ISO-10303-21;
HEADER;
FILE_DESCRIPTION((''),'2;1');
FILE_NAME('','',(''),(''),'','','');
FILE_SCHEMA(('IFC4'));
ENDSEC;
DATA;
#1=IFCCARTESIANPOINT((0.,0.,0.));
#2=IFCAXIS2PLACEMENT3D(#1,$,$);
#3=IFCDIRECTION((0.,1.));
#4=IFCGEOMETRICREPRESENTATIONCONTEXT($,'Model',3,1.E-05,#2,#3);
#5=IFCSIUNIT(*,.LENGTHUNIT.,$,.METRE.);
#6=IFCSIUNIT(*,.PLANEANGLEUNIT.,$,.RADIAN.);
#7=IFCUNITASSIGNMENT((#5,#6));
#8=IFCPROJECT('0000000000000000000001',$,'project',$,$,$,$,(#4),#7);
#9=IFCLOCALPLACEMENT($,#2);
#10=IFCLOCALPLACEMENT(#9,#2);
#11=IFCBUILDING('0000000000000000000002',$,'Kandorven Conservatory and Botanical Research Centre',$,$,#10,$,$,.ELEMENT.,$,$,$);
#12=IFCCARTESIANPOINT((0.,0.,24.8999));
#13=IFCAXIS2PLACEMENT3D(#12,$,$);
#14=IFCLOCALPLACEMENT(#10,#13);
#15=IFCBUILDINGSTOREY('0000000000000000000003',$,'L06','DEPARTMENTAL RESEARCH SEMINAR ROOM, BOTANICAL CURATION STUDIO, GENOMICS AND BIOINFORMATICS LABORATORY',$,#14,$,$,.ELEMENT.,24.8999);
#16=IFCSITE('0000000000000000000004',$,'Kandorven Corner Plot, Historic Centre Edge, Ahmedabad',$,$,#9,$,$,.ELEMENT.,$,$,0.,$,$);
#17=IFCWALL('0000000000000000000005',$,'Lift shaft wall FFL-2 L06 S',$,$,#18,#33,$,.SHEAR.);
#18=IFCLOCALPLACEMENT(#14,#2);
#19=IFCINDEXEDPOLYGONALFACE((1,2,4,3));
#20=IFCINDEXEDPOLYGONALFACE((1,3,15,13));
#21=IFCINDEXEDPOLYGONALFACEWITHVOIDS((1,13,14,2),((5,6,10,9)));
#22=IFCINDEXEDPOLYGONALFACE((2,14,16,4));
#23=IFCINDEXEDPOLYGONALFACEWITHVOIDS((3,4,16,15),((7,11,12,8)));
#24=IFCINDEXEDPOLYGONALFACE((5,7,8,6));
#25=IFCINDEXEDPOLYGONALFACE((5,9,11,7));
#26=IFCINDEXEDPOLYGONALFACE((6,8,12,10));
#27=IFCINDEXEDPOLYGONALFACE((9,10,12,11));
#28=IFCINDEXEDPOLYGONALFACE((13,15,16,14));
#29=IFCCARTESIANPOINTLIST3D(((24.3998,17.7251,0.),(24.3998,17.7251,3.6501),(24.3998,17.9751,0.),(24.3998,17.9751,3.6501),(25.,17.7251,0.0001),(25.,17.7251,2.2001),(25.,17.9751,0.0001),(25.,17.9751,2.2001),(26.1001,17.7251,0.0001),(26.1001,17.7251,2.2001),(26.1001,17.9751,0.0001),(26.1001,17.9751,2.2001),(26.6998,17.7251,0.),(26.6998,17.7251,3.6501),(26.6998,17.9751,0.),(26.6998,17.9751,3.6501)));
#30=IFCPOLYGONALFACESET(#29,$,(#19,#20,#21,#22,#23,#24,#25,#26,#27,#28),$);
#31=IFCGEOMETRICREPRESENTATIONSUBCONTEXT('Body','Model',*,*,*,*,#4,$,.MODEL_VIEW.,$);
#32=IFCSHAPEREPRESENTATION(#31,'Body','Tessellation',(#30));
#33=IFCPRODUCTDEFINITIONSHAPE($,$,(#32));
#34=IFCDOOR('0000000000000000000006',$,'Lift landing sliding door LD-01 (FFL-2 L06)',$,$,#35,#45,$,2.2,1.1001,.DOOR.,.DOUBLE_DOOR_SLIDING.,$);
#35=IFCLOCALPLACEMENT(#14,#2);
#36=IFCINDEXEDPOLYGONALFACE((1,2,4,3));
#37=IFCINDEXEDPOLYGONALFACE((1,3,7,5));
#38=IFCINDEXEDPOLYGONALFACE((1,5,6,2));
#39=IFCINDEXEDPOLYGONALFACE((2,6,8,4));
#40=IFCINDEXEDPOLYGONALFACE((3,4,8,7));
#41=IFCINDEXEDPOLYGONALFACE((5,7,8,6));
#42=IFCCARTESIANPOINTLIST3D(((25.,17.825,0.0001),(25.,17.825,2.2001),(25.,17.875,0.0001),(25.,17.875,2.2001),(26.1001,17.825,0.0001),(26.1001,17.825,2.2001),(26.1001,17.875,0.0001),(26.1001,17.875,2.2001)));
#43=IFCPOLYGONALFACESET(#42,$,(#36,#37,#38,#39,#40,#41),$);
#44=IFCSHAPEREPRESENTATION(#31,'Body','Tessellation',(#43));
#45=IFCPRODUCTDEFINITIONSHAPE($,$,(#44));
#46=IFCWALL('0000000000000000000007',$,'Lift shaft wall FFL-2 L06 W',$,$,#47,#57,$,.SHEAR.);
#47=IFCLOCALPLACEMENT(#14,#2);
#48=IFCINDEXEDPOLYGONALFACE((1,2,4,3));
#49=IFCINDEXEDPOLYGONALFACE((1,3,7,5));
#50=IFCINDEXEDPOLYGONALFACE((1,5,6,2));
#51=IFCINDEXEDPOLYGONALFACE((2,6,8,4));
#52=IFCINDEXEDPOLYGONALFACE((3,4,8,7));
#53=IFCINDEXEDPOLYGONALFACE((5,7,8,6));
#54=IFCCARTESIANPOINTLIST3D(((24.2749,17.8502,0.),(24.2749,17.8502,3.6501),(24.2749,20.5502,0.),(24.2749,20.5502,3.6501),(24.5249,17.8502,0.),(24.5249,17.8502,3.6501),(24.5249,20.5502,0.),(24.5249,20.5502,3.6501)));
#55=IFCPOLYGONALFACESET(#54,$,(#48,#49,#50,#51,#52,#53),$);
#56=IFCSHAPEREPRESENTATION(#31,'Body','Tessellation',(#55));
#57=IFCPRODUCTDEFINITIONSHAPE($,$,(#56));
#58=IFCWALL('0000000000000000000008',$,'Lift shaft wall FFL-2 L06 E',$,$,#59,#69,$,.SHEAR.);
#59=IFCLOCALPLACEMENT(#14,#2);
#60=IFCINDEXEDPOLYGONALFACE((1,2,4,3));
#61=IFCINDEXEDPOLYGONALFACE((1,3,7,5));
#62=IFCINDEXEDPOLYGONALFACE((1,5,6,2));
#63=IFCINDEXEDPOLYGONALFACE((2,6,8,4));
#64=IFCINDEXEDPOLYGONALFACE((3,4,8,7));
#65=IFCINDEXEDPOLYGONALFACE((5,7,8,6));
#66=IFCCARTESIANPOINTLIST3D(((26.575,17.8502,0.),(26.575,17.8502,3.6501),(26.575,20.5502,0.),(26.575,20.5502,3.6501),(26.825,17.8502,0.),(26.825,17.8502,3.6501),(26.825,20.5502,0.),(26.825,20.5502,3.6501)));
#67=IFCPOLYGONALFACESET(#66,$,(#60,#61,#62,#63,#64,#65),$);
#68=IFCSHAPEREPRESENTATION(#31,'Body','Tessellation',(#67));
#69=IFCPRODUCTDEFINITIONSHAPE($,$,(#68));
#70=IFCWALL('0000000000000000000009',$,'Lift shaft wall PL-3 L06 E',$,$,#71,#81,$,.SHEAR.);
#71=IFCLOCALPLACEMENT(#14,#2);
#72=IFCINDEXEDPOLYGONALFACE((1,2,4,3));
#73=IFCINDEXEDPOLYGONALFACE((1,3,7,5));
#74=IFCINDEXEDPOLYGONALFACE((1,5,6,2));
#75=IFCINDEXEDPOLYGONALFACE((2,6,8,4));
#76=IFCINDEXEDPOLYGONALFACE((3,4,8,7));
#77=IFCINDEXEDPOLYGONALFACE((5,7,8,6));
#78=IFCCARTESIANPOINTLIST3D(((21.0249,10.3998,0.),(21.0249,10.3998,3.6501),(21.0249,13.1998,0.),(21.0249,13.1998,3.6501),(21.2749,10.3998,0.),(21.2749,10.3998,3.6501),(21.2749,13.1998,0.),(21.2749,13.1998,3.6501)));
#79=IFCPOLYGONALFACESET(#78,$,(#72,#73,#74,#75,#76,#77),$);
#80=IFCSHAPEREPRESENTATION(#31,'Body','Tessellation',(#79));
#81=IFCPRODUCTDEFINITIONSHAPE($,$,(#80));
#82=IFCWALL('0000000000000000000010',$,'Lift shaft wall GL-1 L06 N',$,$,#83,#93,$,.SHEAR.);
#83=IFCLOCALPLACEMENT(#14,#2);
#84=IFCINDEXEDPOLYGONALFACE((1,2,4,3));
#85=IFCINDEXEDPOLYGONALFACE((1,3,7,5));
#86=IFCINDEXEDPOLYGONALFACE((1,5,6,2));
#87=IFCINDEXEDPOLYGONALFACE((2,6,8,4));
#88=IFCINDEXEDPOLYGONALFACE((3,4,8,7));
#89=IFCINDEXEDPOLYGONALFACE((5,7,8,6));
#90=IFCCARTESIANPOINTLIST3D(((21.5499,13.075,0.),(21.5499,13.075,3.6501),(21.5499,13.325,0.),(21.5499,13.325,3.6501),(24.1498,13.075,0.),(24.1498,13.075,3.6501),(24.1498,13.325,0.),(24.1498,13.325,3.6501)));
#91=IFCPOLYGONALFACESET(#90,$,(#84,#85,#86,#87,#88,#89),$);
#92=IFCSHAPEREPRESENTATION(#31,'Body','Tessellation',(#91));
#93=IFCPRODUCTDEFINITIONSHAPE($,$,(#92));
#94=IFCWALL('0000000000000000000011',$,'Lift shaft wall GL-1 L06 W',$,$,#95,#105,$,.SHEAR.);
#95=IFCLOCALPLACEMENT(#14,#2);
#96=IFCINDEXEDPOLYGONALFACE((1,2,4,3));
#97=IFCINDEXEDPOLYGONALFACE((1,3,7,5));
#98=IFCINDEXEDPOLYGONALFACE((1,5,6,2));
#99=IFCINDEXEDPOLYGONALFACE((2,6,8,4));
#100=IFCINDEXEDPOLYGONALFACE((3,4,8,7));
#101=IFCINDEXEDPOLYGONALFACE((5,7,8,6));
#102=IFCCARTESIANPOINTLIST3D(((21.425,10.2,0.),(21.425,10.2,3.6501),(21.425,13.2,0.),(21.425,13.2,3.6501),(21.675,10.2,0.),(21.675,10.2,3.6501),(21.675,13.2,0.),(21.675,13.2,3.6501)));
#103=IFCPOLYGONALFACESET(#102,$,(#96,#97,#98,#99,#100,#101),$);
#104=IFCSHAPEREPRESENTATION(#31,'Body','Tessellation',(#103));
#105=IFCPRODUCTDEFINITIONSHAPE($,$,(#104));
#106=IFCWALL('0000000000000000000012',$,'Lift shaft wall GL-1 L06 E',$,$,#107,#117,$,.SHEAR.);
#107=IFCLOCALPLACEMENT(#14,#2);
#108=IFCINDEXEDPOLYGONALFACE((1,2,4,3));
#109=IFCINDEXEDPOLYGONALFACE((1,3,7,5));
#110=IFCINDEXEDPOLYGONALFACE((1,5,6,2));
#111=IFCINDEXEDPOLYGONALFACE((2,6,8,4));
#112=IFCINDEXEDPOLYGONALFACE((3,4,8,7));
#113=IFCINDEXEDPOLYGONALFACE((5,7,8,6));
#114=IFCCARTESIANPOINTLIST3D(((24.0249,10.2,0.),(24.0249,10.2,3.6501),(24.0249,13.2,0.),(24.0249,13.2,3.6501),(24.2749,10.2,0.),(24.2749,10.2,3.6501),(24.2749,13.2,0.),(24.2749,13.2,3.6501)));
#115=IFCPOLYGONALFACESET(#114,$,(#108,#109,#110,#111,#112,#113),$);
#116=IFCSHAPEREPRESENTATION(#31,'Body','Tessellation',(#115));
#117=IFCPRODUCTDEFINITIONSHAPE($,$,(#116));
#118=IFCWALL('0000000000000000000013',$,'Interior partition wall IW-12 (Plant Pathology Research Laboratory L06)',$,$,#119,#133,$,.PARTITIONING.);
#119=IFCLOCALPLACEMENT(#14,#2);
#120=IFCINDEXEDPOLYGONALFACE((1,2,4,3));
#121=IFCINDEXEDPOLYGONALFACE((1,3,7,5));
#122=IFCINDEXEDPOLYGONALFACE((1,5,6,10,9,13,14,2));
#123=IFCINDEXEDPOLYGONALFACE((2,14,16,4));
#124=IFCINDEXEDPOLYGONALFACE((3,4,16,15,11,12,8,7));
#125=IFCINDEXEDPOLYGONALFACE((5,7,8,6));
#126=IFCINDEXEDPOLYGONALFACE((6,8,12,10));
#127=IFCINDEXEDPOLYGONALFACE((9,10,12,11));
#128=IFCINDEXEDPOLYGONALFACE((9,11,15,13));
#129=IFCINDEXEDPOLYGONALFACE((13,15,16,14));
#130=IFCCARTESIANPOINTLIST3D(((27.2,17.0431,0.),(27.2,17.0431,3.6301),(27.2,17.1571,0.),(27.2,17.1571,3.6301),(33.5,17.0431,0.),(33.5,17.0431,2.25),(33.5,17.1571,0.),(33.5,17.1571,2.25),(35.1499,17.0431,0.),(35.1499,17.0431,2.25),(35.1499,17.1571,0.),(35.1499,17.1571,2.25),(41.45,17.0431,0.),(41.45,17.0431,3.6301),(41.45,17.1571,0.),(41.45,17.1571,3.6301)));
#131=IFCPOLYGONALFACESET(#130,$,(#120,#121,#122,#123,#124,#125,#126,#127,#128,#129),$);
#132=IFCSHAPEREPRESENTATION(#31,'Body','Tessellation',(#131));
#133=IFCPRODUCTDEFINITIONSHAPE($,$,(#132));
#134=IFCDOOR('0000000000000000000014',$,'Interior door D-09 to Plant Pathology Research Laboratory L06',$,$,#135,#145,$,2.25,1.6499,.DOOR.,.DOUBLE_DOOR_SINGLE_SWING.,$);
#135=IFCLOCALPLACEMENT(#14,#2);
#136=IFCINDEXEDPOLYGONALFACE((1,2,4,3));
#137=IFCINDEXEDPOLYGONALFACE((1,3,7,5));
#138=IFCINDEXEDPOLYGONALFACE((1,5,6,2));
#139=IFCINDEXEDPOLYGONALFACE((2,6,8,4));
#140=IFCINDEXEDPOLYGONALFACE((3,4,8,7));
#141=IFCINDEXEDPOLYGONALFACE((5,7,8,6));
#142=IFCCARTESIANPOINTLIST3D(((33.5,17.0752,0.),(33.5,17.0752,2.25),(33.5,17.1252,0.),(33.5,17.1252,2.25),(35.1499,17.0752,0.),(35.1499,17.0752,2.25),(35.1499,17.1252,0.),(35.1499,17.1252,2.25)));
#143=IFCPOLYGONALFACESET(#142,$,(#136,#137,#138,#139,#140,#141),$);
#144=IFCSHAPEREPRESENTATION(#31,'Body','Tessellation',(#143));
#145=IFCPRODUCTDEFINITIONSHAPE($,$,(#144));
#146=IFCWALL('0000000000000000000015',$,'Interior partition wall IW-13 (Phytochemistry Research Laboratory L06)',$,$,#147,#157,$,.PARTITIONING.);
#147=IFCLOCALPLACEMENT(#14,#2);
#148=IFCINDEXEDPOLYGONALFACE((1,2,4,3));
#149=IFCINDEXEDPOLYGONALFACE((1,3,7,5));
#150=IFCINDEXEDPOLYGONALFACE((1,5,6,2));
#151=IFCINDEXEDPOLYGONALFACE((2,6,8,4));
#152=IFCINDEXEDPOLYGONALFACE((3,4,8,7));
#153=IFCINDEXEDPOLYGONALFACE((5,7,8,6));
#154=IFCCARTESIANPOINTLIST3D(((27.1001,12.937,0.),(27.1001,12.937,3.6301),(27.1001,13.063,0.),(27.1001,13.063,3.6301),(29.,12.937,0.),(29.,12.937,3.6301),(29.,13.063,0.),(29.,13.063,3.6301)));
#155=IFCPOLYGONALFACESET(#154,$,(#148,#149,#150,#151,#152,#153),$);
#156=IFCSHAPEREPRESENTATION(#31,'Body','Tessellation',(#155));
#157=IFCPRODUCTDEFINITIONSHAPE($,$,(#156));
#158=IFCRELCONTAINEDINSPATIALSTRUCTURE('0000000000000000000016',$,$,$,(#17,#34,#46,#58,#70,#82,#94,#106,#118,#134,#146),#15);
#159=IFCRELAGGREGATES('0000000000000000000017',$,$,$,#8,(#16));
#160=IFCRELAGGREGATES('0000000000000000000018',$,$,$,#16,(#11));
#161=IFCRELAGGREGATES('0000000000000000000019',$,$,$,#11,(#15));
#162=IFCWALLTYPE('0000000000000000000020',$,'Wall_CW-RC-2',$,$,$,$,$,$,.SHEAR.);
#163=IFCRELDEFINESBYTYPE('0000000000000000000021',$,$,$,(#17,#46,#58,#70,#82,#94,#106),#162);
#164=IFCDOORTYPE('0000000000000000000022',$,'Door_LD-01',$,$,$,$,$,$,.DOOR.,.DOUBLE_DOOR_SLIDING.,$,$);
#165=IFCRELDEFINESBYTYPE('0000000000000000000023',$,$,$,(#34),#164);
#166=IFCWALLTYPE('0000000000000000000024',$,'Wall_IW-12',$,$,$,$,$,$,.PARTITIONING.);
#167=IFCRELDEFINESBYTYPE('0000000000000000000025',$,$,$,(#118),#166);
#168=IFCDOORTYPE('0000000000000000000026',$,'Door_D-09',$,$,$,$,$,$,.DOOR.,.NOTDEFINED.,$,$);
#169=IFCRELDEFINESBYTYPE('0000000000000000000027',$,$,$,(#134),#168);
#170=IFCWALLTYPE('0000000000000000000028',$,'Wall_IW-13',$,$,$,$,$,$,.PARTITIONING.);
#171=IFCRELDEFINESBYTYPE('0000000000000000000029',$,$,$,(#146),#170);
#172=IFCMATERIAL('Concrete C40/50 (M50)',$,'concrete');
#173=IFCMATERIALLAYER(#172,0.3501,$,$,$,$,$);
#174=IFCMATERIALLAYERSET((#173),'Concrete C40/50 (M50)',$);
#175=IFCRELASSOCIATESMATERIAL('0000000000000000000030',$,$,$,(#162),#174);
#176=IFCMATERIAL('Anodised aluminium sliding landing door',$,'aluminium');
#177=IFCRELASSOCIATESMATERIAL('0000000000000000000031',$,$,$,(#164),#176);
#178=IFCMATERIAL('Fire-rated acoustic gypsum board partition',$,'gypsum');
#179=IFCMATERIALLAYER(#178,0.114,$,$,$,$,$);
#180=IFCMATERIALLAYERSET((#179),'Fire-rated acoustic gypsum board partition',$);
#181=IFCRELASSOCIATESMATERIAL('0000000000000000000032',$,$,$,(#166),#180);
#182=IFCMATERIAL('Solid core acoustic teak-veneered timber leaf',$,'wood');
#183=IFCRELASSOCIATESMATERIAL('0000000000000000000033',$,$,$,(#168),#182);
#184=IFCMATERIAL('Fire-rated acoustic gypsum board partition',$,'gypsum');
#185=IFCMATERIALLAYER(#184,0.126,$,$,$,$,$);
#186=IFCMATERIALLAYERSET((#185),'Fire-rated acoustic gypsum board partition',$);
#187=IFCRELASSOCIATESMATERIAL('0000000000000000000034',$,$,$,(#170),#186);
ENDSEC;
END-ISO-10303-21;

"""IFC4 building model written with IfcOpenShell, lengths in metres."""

from ifc_helpers import new_model, si_unit, direction, frame, frame_2d, origin, place, context, subcontext, project, spatial, rectangle, extrude, material, layer, layer_set, type_object, element, fill, save


model = new_model("IFC4")

# Units and contexts
model_context = context("Model", 3, precision=1e-05, world=origin(), true_north=direction((0.0, 1.0)))
body_context = subcontext(model_context, "Body", "Model", "MODEL_VIEW")
ifc_project = project(units=[si_unit("LENGTHUNIT", "METRE"), si_unit("PLANEANGLEUNIT", "RADIAN")], contexts=[model_context])

# Site, building, storey
site_placement = place(None, origin())
site = spatial("IfcSite", under=ifc_project, at=site_placement, Name="Kandorven Corner Plot, Historic Centre Edge, Ahmedabad", CompositionType="ELEMENT", RefElevation=0.0)
building_placement = place(site_placement, origin())
building = spatial("IfcBuilding", under=site, at=building_placement, Name="Kandorven Conservatory and Botanical Research Centre", CompositionType="ELEMENT")
storey_placement = place(building_placement, frame((0.0, 0.0, 24.8999)))
storey = spatial("IfcBuildingStorey", under=building, at=storey_placement, Name="L06", Description="DEPARTMENTAL RESEARCH SEMINAR ROOM, BOTANICAL CURATION STUDIO, GENOMICS AND BIOINFORMATICS LABORATORY", CompositionType="ELEMENT", Elevation=24.8999)

# Shared definitions
ifc_material_1 = material(Name="Concrete C40/50 (M50)", Category="concrete")
ifc_layer_1 = layer(ifc_material_1, 0.3501)
ifc_layer_set_1 = layer_set([ifc_layer_1], Name="Concrete C40/50 (M50)")
wall_type_1 = type_object("IfcWallType", Name="Wall_CW-RC-2", PredefinedType="SHEAR", material=ifc_layer_set_1)

# Shared definitions
ifc_material_2 = material(Name="Anodised aluminium sliding landing door", Category="aluminium")
door_type_1 = type_object("IfcDoorType", Name="Door_LD-01", OperationType="DOUBLE_DOOR_SLIDING", PredefinedType="DOOR", material=ifc_material_2)

# Wall, opening, door
wall_1_placement = place(storey_placement, frame((24.3999, 17.8501, 0.0), z_axis=(0.0, 0.0, 1.0), x_axis=(1.0, 0.0, 0.0)))
wall_1 = element("IfcWall", 1, at=wall_1_placement, inside=storey, type_object=wall_type_1, Name="Lift shaft wall FFL-2 L06 S", PredefinedType="SHEAR", context=body_context, shape_type="SweptSolid", body=[
    extrude(rectangle(XDim=2.3, YDim=0.25, at=frame_2d((1.1499, 0.0))), origin(), (0.0, 0.0, 1.0), 3.6501),
])
opening_1_placement = place(wall_1_placement, frame((0.6001, 0.0, 0.0)))
opening_1 = element("IfcOpeningElement", 2, at=opening_1_placement, cuts=wall_1, PredefinedType="OPENING", context=body_context, shape_type="SweptSolid", body=[
    extrude(rectangle(XDim=1.1001, YDim=2.2, at=frame_2d((0.55, 1.1001))), frame((0.0, 0.135, 0.0), z_axis=(0.0, -1.0, 0.0), x_axis=(1.0, 0.0, 0.0)), (0.0, 0.0, 1.0), 0.27),
])
door_1_placement = place(opening_1_placement, origin())
door_1 = element("IfcDoor", 3, at=door_1_placement, inside=storey, type_object=door_type_1, Name="Lift landing sliding door LD-01 (FFL-2 L06)", OperationType="DOUBLE_DOOR_SLIDING", OverallHeight=2.2, OverallWidth=1.1001, PredefinedType="DOOR", context=body_context, shape_type="SweptSolid", body=[
    extrude(rectangle(XDim=1.1001, YDim=2.2, at=frame_2d((0.55, 1.1001))), frame((0.0, 0.0249, 0.0), z_axis=(0.0, -1.0, 0.0), x_axis=(1.0, 0.0, 0.0)), (0.0, 0.0, 1.0), 0.05),
])
fill(opening_1, door_1)

# Walls
for number, where, z_axis, x_axis, name in (
    (4, (24.3999, 17.8501, 0.0), (0.0, 0.0, 1.0), (0.0, 1.0, 0.0), "Lift shaft wall FFL-2 L06 W"),
    (5, (26.7, 17.8501, 0.0), (0.0, 0.0, 1.0), (0.0, 1.0, 0.0), "Lift shaft wall FFL-2 L06 E"),
):
    element("IfcWall", number, at=place(storey_placement, frame(where, z_axis=z_axis, x_axis=x_axis)), inside=storey, type_object=wall_type_1, Name=name, PredefinedType="SHEAR", context=body_context, shape_type="SweptSolid", body=[
        extrude(rectangle(XDim=2.7, YDim=0.25, at=frame_2d((1.3501, 0.0))), origin(), (0.0, 0.0, 1.0), 3.6501),
    ])
wall_2_placement = place(storey_placement, frame((21.1499, 10.3999, 0.0), z_axis=(0.0, 0.0, 1.0), x_axis=(0.0, 1.0, 0.0)))
element("IfcWall", 6, at=wall_2_placement, inside=storey, type_object=wall_type_1, Name="Lift shaft wall PL-3 L06 E", PredefinedType="SHEAR", context=body_context, shape_type="SweptSolid", body=[
    extrude(rectangle(XDim=2.8, YDim=0.25, at=frame_2d((1.3999, 0.0))), origin(), (0.0, 0.0, 1.0), 3.6501),
])
wall_3_placement = place(storey_placement, frame((21.55, 13.2, 0.0), z_axis=(0.0, 0.0, 1.0), x_axis=(1.0, 0.0, 0.0)))
element("IfcWall", 7, at=wall_3_placement, inside=storey, type_object=wall_type_1, Name="Lift shaft wall GL-1 L06 N", PredefinedType="SHEAR", context=body_context, shape_type="SweptSolid", body=[
    extrude(rectangle(XDim=2.5999, YDim=0.25, at=frame_2d((1.2998, 0.0))), origin(), (0.0, 0.0, 1.0), 3.6501),
])
for number, where, z_axis, x_axis, name in (
    (8, (21.55, 10.2, 0.0), (0.0, 0.0, 1.0), (0.0, 1.0, 0.0), "Lift shaft wall GL-1 L06 W"),
    (9, (24.1499, 10.2, 0.0), (0.0, 0.0, 1.0), (0.0, 1.0, 0.0), "Lift shaft wall GL-1 L06 E"),
):
    element("IfcWall", number, at=place(storey_placement, frame(where, z_axis=z_axis, x_axis=x_axis)), inside=storey, type_object=wall_type_1, Name=name, PredefinedType="SHEAR", context=body_context, shape_type="SweptSolid", body=[
        extrude(rectangle(XDim=3.0, YDim=0.25, at=frame_2d((1.5, 0.0))), origin(), (0.0, 0.0, 1.0), 3.6501),
    ])

# Wall, opening, door
ifc_material_3 = material(Name="Fire-rated acoustic gypsum board partition", Category="gypsum")
ifc_layer_2 = layer(ifc_material_3, 0.114)
ifc_layer_set_2 = layer_set([ifc_layer_2], Name="Fire-rated acoustic gypsum board partition")
wall_type_2 = type_object("IfcWallType", Name="Wall_IW-12", PredefinedType="PARTITIONING", material=ifc_layer_set_2)
wall_4_placement = place(storey_placement, frame((27.2, 17.1001, 0.0), z_axis=(0.0, 0.0, 1.0), x_axis=(1.0, 0.0, 0.0)))
wall_4 = element("IfcWall", 10, at=wall_4_placement, inside=storey, type_object=wall_type_2, Name="Interior partition wall IW-12 (Plant Pathology Research Laboratory L06)", PredefinedType="PARTITIONING", context=body_context, shape_type="SweptSolid", body=[
    extrude(rectangle(XDim=14.25, YDim=0.114, at=frame_2d((7.125, 0.0))), origin(), (0.0, 0.0, 1.0), 3.6301),
])
opening_2_placement = place(wall_4_placement, frame((6.3, 0.0, 0.0)))
opening_2 = element("IfcOpeningElement", 11, at=opening_2_placement, cuts=wall_4, PredefinedType="OPENING", context=body_context, shape_type="SweptSolid", body=[
    extrude(rectangle(XDim=1.6499, YDim=2.25, at=frame_2d((0.825, 1.125))), frame((0.0, 0.0669, 0.0), z_axis=(0.0, -1.0, 0.0), x_axis=(1.0, 0.0, 0.0)), (0.0, 0.0, 1.0), 0.134),
])
ifc_material_4 = material(Name="Solid core acoustic teak-veneered timber leaf", Category="wood")
door_type_2 = type_object("IfcDoorType", Name="Door_D-09", OperationType="NOTDEFINED", PredefinedType="DOOR", material=ifc_material_4)
door_2_placement = place(opening_2_placement, frame((1.6499, 0.0, 0.0), z_axis=(0.0, 0.0, 1.0), x_axis=(-1.0, 0.0, 0.0)))
door_2 = element("IfcDoor", 12, at=door_2_placement, inside=storey, type_object=door_type_2, Name="Interior door D-09 to Plant Pathology Research Laboratory L06", OperationType="DOUBLE_DOOR_SINGLE_SWING", OverallHeight=2.25, OverallWidth=1.6499, PredefinedType="DOOR", context=body_context, shape_type="SweptSolid", body=[
    extrude(rectangle(XDim=1.6499, YDim=2.25, at=frame_2d((0.825, 1.125))), frame((0.0, 0.0249, 0.0), z_axis=(0.0, -1.0, 0.0), x_axis=(1.0, 0.0, 0.0)), (0.0, 0.0, 1.0), 0.05),
])
fill(opening_2, door_2)

# Wall
ifc_material_5 = material(Name="Fire-rated acoustic gypsum board partition", Category="gypsum")
ifc_layer_3 = layer(ifc_material_5, 0.126)
ifc_layer_set_3 = layer_set([ifc_layer_3], Name="Fire-rated acoustic gypsum board partition")
wall_type_3 = type_object("IfcWallType", Name="Wall_IW-13", PredefinedType="PARTITIONING", material=ifc_layer_set_3)
wall_5_placement = place(storey_placement, frame((27.1001, 13.0, 0.0), z_axis=(0.0, 0.0, 1.0), x_axis=(1.0, 0.0, 0.0)))
element("IfcWall", 13, at=wall_5_placement, inside=storey, type_object=wall_type_3, Name="Interior partition wall IW-13 (Phytochemistry Research Laboratory L06)", PredefinedType="PARTITIONING", context=body_context, shape_type="SweptSolid", body=[
    extrude(rectangle(XDim=1.8999, YDim=0.126, at=frame_2d((0.95, 0.0))), origin(), (0.0, 0.0, 1.0), 3.6301),
])

save(model, "model.ifc")
